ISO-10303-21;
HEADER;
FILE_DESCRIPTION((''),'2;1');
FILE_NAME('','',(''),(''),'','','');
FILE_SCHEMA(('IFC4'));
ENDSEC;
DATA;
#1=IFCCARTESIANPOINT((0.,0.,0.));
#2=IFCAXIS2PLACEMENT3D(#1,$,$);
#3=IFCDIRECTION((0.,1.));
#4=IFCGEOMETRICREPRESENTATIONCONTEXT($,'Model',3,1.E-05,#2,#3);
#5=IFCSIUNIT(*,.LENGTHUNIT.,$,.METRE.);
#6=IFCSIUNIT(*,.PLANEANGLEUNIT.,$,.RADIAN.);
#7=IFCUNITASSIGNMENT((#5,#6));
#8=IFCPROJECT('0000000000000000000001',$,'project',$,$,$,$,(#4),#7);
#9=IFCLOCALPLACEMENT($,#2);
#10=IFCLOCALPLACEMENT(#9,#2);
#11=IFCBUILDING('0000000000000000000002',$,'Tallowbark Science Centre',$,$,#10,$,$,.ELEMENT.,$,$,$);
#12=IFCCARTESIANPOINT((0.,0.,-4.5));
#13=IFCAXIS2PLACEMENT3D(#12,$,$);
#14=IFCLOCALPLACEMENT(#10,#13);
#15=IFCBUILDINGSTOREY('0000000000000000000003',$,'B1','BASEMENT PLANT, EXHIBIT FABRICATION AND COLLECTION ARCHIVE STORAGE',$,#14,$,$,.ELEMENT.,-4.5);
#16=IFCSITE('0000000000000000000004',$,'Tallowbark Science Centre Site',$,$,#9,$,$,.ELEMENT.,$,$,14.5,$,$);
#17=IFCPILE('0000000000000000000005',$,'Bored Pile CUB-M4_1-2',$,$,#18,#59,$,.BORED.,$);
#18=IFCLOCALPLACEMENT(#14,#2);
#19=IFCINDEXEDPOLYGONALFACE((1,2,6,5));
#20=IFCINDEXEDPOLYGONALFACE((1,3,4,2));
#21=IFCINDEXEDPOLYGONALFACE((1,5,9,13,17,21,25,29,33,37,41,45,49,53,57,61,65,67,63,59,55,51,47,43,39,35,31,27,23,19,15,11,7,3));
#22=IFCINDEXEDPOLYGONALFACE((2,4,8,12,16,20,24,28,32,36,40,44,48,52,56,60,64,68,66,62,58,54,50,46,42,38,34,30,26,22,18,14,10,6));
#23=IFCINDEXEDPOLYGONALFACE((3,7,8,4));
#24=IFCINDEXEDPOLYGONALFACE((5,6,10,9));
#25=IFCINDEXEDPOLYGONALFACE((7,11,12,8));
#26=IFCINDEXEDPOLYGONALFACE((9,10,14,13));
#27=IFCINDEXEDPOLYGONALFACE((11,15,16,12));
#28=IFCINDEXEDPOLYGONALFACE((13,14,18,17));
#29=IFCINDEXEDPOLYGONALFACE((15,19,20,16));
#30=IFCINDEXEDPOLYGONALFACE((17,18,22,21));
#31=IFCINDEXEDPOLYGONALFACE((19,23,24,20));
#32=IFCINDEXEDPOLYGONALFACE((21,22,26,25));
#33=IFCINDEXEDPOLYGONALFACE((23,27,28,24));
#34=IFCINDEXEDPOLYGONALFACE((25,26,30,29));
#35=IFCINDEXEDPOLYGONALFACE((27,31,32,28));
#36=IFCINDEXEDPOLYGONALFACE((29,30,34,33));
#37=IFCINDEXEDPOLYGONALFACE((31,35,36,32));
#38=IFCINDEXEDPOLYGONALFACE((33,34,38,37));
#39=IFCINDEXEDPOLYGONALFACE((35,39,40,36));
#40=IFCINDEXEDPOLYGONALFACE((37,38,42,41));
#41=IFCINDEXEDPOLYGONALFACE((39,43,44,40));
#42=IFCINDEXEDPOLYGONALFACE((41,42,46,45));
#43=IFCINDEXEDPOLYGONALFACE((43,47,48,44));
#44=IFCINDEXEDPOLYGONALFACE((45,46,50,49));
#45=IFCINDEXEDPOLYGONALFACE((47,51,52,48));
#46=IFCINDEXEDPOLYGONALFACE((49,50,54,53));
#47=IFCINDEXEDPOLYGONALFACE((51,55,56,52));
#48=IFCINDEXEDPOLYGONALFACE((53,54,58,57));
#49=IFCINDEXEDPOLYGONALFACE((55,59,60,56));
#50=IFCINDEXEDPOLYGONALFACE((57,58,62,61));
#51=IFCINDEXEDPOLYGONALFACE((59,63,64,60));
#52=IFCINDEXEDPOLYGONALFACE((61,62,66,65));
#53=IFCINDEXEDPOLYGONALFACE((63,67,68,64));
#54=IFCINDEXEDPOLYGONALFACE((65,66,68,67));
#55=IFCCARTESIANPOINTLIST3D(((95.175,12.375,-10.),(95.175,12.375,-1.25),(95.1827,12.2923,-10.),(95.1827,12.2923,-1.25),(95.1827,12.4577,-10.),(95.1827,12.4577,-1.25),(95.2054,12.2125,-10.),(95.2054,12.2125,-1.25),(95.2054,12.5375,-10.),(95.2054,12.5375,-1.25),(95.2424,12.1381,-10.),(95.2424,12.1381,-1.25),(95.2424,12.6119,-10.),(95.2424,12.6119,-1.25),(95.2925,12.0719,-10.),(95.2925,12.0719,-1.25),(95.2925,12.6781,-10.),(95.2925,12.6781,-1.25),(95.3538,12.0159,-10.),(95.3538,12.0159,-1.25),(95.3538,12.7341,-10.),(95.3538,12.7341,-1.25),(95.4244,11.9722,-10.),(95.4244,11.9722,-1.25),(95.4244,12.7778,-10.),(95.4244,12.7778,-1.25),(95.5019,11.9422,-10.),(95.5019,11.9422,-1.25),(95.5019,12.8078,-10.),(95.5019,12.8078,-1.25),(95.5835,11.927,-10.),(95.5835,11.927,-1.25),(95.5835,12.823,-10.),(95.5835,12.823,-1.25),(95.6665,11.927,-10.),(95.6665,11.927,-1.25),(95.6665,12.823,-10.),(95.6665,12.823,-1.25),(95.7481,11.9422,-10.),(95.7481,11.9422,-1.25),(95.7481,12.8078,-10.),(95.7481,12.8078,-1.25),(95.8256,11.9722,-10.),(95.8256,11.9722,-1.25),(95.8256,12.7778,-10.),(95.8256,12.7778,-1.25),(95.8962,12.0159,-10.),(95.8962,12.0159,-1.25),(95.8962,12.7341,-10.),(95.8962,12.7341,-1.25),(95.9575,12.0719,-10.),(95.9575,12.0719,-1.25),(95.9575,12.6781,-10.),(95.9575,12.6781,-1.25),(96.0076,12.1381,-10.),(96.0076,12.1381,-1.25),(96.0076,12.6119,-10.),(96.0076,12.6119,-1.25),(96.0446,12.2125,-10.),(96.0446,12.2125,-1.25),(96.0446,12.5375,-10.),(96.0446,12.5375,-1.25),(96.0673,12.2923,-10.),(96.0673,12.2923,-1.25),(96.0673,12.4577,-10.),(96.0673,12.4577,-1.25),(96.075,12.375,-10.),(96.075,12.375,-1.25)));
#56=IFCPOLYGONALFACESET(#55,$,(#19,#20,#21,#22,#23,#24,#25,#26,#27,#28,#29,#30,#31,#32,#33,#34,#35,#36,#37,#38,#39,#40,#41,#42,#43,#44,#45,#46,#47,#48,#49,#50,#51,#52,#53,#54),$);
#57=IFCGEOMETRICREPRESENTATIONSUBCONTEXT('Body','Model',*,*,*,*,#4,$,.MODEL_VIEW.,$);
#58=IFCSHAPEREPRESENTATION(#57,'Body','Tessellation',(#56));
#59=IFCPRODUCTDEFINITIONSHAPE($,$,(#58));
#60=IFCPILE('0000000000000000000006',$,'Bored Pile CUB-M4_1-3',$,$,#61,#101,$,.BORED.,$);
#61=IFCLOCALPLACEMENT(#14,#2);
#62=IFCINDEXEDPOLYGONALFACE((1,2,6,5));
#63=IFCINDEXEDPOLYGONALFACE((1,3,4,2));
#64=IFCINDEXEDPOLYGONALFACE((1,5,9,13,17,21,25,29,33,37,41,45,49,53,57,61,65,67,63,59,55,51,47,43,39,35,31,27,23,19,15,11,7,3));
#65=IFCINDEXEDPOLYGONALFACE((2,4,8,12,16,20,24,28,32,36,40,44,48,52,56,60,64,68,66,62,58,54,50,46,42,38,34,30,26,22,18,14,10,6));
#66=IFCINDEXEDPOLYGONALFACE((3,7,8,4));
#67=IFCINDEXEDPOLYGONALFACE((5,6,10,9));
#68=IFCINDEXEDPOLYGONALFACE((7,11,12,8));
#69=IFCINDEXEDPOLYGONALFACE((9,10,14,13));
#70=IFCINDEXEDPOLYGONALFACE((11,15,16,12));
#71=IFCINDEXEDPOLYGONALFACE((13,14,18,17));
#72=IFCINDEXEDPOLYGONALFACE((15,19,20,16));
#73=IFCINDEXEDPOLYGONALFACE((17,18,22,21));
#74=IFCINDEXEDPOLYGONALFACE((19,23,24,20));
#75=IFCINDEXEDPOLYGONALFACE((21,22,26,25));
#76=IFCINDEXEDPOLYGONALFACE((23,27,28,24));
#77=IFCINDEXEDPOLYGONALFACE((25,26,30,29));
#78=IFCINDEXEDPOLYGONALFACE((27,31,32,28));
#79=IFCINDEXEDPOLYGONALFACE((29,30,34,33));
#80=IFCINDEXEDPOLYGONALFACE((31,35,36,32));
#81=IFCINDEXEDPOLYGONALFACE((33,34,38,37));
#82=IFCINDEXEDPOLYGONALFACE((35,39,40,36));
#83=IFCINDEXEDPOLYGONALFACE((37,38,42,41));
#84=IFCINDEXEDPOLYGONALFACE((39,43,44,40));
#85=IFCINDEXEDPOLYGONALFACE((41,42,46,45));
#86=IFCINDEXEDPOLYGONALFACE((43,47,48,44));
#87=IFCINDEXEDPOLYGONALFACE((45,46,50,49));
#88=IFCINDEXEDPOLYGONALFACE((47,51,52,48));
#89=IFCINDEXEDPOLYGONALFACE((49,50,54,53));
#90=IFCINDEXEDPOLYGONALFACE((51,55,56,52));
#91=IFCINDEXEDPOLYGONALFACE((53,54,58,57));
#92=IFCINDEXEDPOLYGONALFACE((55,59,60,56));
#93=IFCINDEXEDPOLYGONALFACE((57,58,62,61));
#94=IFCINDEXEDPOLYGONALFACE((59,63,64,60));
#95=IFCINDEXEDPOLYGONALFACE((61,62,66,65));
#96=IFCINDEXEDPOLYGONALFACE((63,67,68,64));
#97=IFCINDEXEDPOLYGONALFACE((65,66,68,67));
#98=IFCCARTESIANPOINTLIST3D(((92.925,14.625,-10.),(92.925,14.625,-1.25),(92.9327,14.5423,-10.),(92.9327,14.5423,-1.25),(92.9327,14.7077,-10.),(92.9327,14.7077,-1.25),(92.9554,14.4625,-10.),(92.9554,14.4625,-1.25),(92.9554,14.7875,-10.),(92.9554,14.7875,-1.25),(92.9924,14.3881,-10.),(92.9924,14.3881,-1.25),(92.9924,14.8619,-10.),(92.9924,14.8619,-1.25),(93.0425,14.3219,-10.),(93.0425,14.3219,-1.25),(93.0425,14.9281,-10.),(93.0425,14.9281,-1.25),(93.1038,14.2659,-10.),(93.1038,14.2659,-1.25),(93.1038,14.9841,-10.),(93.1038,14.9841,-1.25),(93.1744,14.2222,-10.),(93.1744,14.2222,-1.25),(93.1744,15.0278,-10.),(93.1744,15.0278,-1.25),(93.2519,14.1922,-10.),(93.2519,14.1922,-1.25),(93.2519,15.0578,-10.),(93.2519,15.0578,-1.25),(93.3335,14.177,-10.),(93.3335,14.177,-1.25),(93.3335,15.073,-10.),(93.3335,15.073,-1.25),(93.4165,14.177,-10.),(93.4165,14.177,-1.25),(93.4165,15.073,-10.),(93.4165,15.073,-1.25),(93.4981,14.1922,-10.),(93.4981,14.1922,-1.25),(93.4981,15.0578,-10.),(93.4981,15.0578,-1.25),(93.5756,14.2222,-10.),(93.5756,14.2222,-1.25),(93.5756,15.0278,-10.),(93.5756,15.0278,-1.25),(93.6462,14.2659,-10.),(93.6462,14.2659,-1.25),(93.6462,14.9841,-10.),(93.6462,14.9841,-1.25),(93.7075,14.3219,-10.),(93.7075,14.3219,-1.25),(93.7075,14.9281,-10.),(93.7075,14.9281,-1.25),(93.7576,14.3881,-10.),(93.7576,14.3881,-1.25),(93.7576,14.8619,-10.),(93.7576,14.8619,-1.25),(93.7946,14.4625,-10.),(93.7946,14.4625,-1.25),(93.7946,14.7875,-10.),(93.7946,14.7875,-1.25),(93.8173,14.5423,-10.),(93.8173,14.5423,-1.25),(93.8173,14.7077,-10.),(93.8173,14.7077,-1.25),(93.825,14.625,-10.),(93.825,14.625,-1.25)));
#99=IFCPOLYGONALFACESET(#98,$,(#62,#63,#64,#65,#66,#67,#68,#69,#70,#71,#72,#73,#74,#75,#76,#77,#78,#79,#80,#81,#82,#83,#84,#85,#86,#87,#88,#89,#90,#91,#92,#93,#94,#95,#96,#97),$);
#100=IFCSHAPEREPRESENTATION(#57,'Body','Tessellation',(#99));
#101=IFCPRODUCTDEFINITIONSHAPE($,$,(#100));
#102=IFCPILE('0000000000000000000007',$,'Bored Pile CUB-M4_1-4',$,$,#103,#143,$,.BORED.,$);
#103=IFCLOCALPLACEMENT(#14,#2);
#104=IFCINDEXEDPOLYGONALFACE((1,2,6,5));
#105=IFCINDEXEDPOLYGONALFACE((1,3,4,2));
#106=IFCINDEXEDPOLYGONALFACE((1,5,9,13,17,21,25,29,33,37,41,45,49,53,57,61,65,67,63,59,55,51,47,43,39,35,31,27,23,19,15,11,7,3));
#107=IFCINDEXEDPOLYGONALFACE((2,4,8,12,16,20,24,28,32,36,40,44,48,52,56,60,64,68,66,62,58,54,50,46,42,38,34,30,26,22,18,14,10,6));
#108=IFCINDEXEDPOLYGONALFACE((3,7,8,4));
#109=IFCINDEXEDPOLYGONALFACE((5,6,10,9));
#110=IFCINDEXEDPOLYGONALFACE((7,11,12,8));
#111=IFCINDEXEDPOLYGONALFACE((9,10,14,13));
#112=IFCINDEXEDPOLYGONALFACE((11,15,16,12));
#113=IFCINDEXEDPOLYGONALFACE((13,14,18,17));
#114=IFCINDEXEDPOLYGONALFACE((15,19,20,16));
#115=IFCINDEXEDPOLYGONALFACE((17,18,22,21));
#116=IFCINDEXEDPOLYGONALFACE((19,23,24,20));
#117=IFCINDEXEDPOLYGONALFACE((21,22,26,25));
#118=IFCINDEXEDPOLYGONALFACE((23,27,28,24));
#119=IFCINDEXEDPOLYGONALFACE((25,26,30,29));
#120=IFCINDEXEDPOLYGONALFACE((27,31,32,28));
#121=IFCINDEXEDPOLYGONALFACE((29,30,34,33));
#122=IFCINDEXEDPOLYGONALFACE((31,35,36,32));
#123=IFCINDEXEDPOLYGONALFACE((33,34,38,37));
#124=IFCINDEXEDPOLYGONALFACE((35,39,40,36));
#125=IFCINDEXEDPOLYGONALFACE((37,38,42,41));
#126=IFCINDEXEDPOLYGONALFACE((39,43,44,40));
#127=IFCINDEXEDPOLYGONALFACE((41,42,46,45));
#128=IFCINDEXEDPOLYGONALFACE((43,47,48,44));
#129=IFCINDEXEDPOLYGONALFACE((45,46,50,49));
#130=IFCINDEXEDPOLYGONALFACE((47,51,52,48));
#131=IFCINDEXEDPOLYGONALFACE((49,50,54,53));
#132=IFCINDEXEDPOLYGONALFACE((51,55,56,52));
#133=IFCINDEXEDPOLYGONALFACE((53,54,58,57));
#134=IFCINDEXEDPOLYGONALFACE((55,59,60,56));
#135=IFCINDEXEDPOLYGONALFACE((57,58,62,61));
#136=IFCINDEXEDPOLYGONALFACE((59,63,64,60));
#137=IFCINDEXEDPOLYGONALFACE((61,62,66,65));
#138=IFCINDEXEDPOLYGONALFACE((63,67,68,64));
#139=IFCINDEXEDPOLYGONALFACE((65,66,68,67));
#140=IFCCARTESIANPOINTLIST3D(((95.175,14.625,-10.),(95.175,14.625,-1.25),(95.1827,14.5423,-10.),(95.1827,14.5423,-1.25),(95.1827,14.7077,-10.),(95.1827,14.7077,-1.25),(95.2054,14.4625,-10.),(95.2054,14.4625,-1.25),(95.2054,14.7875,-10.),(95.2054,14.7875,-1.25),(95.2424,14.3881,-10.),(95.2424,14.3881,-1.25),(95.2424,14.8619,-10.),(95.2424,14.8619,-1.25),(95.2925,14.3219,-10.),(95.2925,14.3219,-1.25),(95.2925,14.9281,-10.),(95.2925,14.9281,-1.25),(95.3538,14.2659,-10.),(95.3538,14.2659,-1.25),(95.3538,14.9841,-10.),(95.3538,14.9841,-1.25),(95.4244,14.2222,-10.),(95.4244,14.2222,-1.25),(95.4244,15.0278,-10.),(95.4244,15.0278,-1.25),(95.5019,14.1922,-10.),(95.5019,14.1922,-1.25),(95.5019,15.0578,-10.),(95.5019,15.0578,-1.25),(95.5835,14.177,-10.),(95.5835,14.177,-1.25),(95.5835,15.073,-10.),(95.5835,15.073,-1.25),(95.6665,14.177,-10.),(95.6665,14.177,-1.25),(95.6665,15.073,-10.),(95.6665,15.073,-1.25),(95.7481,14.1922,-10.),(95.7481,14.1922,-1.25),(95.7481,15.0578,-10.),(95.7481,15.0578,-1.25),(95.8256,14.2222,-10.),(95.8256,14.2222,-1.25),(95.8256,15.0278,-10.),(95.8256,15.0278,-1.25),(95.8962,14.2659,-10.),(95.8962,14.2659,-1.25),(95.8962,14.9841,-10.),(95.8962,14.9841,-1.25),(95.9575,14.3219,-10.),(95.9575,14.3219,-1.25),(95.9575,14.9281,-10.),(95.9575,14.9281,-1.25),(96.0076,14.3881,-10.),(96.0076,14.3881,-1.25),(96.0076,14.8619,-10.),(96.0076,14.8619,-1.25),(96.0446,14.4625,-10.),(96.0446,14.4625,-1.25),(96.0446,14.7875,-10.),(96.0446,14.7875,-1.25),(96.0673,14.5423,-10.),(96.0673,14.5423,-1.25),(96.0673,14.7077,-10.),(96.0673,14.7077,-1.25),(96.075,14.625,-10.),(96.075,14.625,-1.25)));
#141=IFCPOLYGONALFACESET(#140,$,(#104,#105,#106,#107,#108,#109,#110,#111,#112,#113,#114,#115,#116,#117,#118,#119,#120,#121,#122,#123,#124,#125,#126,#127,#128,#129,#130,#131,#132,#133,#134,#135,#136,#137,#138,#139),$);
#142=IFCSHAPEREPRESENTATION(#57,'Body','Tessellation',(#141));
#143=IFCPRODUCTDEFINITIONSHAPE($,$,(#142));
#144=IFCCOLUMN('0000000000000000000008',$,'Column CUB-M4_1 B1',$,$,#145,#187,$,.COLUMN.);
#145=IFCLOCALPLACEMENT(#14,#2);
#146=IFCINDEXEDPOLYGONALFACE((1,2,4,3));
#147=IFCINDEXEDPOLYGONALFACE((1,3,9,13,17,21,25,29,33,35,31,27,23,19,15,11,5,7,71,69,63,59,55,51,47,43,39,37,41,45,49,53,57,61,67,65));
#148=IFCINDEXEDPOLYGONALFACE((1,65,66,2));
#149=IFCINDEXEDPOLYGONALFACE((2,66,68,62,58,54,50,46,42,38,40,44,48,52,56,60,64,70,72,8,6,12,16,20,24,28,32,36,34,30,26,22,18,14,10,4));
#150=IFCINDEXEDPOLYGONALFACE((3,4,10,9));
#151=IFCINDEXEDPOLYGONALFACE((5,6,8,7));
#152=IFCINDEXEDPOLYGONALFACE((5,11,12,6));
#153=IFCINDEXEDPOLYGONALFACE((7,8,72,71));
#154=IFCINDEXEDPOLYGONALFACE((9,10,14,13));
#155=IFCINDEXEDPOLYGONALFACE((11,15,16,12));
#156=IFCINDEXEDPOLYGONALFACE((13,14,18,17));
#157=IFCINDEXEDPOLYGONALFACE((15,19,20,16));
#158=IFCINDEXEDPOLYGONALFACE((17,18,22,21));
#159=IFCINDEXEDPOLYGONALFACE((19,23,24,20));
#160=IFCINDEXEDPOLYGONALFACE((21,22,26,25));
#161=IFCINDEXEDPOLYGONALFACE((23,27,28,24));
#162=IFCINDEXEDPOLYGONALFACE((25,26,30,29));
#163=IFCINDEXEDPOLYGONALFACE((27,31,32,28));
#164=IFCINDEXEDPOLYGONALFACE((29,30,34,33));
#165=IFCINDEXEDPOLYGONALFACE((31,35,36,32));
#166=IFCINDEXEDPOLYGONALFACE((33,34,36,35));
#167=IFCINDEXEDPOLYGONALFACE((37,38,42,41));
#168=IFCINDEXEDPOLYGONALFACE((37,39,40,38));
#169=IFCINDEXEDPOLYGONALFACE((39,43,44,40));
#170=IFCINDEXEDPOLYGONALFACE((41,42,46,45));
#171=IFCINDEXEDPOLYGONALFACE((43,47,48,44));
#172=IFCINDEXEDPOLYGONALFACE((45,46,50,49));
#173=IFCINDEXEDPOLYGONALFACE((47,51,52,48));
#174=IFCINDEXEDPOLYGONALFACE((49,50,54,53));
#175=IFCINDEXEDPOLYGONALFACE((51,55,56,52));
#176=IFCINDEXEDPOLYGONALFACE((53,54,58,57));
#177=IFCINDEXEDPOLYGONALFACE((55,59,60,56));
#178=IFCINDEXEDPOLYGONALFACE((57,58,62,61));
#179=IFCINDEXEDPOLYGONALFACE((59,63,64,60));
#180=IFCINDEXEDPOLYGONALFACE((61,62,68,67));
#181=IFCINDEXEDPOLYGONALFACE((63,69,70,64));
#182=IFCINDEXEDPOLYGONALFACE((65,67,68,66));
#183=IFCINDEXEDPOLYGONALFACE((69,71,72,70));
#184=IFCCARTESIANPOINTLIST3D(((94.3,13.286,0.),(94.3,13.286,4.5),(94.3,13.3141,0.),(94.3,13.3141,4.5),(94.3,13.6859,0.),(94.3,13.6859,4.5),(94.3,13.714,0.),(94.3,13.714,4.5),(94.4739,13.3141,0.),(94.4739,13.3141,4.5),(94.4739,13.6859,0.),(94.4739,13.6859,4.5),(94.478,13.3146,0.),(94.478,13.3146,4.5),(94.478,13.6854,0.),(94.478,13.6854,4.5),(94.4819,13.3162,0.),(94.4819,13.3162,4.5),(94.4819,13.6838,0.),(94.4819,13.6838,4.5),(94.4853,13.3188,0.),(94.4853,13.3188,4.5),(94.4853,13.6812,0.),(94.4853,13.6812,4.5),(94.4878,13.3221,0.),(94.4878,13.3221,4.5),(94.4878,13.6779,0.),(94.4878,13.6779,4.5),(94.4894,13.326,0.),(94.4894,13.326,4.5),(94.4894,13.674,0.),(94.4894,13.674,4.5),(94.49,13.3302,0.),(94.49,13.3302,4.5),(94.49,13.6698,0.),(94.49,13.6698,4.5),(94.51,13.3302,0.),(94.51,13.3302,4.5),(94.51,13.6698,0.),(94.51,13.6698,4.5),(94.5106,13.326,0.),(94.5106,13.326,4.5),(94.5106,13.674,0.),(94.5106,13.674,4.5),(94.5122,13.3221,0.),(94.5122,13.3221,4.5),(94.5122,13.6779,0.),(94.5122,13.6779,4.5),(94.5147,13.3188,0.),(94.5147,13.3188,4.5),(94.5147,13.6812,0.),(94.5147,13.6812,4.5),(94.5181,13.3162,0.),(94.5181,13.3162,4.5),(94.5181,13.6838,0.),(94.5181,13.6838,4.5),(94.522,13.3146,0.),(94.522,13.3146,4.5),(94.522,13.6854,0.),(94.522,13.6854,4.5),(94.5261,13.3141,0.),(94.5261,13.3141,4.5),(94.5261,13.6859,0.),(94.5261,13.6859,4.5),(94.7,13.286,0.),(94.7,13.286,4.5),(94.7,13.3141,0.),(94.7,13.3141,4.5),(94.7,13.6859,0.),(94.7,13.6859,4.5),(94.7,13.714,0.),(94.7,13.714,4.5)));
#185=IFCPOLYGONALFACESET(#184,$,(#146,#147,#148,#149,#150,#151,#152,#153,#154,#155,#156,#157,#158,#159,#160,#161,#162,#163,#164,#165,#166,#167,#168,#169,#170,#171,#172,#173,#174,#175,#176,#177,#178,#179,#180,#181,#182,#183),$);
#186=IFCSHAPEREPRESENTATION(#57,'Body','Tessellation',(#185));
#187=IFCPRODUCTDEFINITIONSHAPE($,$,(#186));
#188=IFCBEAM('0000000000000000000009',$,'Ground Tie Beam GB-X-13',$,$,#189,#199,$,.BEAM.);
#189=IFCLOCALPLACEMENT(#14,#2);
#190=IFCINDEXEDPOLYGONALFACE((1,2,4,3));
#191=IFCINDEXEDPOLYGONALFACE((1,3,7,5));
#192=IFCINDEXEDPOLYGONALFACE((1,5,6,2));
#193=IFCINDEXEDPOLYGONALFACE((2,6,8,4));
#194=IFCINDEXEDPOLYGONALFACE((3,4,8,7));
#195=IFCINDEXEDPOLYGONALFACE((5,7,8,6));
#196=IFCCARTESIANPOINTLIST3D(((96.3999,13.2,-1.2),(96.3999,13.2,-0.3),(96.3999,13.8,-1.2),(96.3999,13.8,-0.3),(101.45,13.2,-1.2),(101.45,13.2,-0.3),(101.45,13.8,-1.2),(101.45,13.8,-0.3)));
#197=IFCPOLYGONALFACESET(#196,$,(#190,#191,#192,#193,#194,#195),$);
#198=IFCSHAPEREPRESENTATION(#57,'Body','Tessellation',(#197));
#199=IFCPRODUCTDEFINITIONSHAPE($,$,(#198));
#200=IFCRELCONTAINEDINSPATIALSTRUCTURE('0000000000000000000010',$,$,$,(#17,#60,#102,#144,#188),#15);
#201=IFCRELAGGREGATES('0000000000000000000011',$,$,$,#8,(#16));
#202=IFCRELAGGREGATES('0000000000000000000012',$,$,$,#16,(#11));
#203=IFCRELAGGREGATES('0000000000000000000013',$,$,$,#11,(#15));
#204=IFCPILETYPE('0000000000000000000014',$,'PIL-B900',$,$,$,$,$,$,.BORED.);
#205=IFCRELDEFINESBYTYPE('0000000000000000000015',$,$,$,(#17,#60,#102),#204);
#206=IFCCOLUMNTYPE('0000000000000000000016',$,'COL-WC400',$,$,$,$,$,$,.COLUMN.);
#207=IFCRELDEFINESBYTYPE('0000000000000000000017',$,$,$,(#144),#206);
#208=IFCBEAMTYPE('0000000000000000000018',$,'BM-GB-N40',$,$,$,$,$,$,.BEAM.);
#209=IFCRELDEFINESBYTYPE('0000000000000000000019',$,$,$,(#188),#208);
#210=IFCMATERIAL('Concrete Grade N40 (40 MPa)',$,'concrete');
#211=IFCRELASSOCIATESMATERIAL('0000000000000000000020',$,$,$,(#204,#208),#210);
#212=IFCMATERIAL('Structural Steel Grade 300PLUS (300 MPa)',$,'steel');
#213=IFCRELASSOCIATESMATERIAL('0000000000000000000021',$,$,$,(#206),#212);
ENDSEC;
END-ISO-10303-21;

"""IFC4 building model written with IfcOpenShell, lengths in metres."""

from ifc_helpers import new_model, si_unit, direction, frame, origin, origin_2d, place, context, subcontext, project, spatial, rectangle, circle, i_section, extrude, material, material_profile, profile_set, type_object, element, save


model = new_model("IFC4")

# Units and contexts
model_context = context("Model", 3, precision=1e-05, world=origin(), true_north=direction((0.0, 1.0)))
body_context = subcontext(model_context, "Body", "Model", "MODEL_VIEW")
ifc_project = project(units=[si_unit("LENGTHUNIT", "METRE"), si_unit("PLANEANGLEUNIT", "RADIAN")], contexts=[model_context])

# Site, building, storey
site_placement = place(None, origin())
site = spatial("IfcSite", under=ifc_project, at=site_placement, Name="Tallowbark Science Centre Site", CompositionType="ELEMENT", RefElevation=14.5)
building_placement = place(site_placement, origin())
building = spatial("IfcBuilding", under=site, at=building_placement, Name="Tallowbark Science Centre", CompositionType="ELEMENT")
storey_placement = place(building_placement, frame((0.0, 0.0, -4.5)))
storey = spatial("IfcBuildingStorey", under=building, at=storey_placement, Name="B1", Description="BASEMENT PLANT, EXHIBIT FABRICATION AND COLLECTION ARCHIVE STORAGE", CompositionType="ELEMENT", Elevation=-4.5)

# Shared definitions
ifc_material_1 = material(Name="Concrete Grade N40 (40 MPa)", Category="concrete")

# Piles
ifc_material_profile_1 = material_profile(ifc_material_1, circle(Radius=0.45, at=origin_2d()), Name="PILE900")
ifc_profile_set_1 = profile_set([ifc_material_profile_1], Name="Concrete Grade N40 (40 MPa)")
pile_type_1 = type_object("IfcPileType", Name="PIL-B900", PredefinedType="BORED", material=ifc_profile_set_1)
for number, where, z_axis, x_axis, name in (
    (1, (95.625, 12.375, -1.25), (0.0, 0.0, -1.0), (1.0, 0.0, 0.0), "Bored Pile CUB-M4_1-2"),
    (2, (93.375, 14.625, -1.25), (0.0, 0.0, -1.0), (1.0, 0.0, 0.0), "Bored Pile CUB-M4_1-3"),
    (3, (95.625, 14.625, -1.25), (0.0, 0.0, -1.0), (1.0, 0.0, 0.0), "Bored Pile CUB-M4_1-4"),
):
    element("IfcPile", number, at=place(storey_placement, frame(where, z_axis=z_axis, x_axis=x_axis)), inside=storey, type_object=pile_type_1, Name=name, PredefinedType="BORED", context=body_context, shape_type="SweptSolid", body=[
        extrude(circle(Radius=0.45, at=origin_2d()), origin(), (0.0, 0.0, 1.0), 8.75),
    ])

# Column
ifc_material_2 = material(Name="Structural Steel Grade 300PLUS (300 MPa)", Category="steel")
ifc_material_profile_2 = material_profile(ifc_material_2, i_section(OverallWidth=0.3999, OverallDepth=0.428, WebThickness=0.02, FlangeThickness=0.0281, FilletRadius=0.0161, at=origin_2d()), Name="400WC270")
ifc_profile_set_2 = profile_set([ifc_material_profile_2], Name="Structural Steel Grade 300PLUS (300 MPa)")
column_type = type_object("IfcColumnType", Name="COL-WC400", PredefinedType="COLUMN", material=ifc_profile_set_2)
column_placement = place(storey_placement, frame((94.5, 13.5, 0.0), z_axis=(0.0, 0.0, 1.0), x_axis=(1.0, 0.0, 0.0)))
element("IfcColumn", 4, at=column_placement, inside=storey, type_object=column_type, Name="Column CUB-M4_1 B1", PredefinedType="COLUMN", context=body_context, shape_type="SweptSolid", body=[
    extrude(i_section(OverallWidth=0.3999, OverallDepth=0.428, WebThickness=0.02, FlangeThickness=0.0281, FilletRadius=0.0161, at=origin_2d()), origin(), (0.0, 0.0, 1.0), 4.5),
])

# Beam
ifc_material_profile_3 = material_profile(ifc_material_1, rectangle(XDim=0.6001, YDim=0.8999, at=origin_2d()), Name="RC600x900")
ifc_profile_set_3 = profile_set([ifc_material_profile_3], Name="Concrete Grade N40 (40 MPa)")
beam_type = type_object("IfcBeamType", Name="BM-GB-N40", PredefinedType="BEAM", material=ifc_profile_set_3)
beam_1_placement = place(storey_placement, frame((96.3999, 13.5, -0.75), z_axis=(1.0, 0.0, 0.0), x_axis=(0.0, 1.0, 0.0)))
element("IfcBeam", 5, at=beam_1_placement, inside=storey, type_object=beam_type, Name="Ground Tie Beam GB-X-13", PredefinedType="BEAM", context=body_context, shape_type="SweptSolid", body=[
    extrude(rectangle(XDim=0.6001, YDim=0.8999, at=origin_2d()), origin(), (0.0, 0.0, 1.0), 5.05),
])

save(model, "model.ifc")
